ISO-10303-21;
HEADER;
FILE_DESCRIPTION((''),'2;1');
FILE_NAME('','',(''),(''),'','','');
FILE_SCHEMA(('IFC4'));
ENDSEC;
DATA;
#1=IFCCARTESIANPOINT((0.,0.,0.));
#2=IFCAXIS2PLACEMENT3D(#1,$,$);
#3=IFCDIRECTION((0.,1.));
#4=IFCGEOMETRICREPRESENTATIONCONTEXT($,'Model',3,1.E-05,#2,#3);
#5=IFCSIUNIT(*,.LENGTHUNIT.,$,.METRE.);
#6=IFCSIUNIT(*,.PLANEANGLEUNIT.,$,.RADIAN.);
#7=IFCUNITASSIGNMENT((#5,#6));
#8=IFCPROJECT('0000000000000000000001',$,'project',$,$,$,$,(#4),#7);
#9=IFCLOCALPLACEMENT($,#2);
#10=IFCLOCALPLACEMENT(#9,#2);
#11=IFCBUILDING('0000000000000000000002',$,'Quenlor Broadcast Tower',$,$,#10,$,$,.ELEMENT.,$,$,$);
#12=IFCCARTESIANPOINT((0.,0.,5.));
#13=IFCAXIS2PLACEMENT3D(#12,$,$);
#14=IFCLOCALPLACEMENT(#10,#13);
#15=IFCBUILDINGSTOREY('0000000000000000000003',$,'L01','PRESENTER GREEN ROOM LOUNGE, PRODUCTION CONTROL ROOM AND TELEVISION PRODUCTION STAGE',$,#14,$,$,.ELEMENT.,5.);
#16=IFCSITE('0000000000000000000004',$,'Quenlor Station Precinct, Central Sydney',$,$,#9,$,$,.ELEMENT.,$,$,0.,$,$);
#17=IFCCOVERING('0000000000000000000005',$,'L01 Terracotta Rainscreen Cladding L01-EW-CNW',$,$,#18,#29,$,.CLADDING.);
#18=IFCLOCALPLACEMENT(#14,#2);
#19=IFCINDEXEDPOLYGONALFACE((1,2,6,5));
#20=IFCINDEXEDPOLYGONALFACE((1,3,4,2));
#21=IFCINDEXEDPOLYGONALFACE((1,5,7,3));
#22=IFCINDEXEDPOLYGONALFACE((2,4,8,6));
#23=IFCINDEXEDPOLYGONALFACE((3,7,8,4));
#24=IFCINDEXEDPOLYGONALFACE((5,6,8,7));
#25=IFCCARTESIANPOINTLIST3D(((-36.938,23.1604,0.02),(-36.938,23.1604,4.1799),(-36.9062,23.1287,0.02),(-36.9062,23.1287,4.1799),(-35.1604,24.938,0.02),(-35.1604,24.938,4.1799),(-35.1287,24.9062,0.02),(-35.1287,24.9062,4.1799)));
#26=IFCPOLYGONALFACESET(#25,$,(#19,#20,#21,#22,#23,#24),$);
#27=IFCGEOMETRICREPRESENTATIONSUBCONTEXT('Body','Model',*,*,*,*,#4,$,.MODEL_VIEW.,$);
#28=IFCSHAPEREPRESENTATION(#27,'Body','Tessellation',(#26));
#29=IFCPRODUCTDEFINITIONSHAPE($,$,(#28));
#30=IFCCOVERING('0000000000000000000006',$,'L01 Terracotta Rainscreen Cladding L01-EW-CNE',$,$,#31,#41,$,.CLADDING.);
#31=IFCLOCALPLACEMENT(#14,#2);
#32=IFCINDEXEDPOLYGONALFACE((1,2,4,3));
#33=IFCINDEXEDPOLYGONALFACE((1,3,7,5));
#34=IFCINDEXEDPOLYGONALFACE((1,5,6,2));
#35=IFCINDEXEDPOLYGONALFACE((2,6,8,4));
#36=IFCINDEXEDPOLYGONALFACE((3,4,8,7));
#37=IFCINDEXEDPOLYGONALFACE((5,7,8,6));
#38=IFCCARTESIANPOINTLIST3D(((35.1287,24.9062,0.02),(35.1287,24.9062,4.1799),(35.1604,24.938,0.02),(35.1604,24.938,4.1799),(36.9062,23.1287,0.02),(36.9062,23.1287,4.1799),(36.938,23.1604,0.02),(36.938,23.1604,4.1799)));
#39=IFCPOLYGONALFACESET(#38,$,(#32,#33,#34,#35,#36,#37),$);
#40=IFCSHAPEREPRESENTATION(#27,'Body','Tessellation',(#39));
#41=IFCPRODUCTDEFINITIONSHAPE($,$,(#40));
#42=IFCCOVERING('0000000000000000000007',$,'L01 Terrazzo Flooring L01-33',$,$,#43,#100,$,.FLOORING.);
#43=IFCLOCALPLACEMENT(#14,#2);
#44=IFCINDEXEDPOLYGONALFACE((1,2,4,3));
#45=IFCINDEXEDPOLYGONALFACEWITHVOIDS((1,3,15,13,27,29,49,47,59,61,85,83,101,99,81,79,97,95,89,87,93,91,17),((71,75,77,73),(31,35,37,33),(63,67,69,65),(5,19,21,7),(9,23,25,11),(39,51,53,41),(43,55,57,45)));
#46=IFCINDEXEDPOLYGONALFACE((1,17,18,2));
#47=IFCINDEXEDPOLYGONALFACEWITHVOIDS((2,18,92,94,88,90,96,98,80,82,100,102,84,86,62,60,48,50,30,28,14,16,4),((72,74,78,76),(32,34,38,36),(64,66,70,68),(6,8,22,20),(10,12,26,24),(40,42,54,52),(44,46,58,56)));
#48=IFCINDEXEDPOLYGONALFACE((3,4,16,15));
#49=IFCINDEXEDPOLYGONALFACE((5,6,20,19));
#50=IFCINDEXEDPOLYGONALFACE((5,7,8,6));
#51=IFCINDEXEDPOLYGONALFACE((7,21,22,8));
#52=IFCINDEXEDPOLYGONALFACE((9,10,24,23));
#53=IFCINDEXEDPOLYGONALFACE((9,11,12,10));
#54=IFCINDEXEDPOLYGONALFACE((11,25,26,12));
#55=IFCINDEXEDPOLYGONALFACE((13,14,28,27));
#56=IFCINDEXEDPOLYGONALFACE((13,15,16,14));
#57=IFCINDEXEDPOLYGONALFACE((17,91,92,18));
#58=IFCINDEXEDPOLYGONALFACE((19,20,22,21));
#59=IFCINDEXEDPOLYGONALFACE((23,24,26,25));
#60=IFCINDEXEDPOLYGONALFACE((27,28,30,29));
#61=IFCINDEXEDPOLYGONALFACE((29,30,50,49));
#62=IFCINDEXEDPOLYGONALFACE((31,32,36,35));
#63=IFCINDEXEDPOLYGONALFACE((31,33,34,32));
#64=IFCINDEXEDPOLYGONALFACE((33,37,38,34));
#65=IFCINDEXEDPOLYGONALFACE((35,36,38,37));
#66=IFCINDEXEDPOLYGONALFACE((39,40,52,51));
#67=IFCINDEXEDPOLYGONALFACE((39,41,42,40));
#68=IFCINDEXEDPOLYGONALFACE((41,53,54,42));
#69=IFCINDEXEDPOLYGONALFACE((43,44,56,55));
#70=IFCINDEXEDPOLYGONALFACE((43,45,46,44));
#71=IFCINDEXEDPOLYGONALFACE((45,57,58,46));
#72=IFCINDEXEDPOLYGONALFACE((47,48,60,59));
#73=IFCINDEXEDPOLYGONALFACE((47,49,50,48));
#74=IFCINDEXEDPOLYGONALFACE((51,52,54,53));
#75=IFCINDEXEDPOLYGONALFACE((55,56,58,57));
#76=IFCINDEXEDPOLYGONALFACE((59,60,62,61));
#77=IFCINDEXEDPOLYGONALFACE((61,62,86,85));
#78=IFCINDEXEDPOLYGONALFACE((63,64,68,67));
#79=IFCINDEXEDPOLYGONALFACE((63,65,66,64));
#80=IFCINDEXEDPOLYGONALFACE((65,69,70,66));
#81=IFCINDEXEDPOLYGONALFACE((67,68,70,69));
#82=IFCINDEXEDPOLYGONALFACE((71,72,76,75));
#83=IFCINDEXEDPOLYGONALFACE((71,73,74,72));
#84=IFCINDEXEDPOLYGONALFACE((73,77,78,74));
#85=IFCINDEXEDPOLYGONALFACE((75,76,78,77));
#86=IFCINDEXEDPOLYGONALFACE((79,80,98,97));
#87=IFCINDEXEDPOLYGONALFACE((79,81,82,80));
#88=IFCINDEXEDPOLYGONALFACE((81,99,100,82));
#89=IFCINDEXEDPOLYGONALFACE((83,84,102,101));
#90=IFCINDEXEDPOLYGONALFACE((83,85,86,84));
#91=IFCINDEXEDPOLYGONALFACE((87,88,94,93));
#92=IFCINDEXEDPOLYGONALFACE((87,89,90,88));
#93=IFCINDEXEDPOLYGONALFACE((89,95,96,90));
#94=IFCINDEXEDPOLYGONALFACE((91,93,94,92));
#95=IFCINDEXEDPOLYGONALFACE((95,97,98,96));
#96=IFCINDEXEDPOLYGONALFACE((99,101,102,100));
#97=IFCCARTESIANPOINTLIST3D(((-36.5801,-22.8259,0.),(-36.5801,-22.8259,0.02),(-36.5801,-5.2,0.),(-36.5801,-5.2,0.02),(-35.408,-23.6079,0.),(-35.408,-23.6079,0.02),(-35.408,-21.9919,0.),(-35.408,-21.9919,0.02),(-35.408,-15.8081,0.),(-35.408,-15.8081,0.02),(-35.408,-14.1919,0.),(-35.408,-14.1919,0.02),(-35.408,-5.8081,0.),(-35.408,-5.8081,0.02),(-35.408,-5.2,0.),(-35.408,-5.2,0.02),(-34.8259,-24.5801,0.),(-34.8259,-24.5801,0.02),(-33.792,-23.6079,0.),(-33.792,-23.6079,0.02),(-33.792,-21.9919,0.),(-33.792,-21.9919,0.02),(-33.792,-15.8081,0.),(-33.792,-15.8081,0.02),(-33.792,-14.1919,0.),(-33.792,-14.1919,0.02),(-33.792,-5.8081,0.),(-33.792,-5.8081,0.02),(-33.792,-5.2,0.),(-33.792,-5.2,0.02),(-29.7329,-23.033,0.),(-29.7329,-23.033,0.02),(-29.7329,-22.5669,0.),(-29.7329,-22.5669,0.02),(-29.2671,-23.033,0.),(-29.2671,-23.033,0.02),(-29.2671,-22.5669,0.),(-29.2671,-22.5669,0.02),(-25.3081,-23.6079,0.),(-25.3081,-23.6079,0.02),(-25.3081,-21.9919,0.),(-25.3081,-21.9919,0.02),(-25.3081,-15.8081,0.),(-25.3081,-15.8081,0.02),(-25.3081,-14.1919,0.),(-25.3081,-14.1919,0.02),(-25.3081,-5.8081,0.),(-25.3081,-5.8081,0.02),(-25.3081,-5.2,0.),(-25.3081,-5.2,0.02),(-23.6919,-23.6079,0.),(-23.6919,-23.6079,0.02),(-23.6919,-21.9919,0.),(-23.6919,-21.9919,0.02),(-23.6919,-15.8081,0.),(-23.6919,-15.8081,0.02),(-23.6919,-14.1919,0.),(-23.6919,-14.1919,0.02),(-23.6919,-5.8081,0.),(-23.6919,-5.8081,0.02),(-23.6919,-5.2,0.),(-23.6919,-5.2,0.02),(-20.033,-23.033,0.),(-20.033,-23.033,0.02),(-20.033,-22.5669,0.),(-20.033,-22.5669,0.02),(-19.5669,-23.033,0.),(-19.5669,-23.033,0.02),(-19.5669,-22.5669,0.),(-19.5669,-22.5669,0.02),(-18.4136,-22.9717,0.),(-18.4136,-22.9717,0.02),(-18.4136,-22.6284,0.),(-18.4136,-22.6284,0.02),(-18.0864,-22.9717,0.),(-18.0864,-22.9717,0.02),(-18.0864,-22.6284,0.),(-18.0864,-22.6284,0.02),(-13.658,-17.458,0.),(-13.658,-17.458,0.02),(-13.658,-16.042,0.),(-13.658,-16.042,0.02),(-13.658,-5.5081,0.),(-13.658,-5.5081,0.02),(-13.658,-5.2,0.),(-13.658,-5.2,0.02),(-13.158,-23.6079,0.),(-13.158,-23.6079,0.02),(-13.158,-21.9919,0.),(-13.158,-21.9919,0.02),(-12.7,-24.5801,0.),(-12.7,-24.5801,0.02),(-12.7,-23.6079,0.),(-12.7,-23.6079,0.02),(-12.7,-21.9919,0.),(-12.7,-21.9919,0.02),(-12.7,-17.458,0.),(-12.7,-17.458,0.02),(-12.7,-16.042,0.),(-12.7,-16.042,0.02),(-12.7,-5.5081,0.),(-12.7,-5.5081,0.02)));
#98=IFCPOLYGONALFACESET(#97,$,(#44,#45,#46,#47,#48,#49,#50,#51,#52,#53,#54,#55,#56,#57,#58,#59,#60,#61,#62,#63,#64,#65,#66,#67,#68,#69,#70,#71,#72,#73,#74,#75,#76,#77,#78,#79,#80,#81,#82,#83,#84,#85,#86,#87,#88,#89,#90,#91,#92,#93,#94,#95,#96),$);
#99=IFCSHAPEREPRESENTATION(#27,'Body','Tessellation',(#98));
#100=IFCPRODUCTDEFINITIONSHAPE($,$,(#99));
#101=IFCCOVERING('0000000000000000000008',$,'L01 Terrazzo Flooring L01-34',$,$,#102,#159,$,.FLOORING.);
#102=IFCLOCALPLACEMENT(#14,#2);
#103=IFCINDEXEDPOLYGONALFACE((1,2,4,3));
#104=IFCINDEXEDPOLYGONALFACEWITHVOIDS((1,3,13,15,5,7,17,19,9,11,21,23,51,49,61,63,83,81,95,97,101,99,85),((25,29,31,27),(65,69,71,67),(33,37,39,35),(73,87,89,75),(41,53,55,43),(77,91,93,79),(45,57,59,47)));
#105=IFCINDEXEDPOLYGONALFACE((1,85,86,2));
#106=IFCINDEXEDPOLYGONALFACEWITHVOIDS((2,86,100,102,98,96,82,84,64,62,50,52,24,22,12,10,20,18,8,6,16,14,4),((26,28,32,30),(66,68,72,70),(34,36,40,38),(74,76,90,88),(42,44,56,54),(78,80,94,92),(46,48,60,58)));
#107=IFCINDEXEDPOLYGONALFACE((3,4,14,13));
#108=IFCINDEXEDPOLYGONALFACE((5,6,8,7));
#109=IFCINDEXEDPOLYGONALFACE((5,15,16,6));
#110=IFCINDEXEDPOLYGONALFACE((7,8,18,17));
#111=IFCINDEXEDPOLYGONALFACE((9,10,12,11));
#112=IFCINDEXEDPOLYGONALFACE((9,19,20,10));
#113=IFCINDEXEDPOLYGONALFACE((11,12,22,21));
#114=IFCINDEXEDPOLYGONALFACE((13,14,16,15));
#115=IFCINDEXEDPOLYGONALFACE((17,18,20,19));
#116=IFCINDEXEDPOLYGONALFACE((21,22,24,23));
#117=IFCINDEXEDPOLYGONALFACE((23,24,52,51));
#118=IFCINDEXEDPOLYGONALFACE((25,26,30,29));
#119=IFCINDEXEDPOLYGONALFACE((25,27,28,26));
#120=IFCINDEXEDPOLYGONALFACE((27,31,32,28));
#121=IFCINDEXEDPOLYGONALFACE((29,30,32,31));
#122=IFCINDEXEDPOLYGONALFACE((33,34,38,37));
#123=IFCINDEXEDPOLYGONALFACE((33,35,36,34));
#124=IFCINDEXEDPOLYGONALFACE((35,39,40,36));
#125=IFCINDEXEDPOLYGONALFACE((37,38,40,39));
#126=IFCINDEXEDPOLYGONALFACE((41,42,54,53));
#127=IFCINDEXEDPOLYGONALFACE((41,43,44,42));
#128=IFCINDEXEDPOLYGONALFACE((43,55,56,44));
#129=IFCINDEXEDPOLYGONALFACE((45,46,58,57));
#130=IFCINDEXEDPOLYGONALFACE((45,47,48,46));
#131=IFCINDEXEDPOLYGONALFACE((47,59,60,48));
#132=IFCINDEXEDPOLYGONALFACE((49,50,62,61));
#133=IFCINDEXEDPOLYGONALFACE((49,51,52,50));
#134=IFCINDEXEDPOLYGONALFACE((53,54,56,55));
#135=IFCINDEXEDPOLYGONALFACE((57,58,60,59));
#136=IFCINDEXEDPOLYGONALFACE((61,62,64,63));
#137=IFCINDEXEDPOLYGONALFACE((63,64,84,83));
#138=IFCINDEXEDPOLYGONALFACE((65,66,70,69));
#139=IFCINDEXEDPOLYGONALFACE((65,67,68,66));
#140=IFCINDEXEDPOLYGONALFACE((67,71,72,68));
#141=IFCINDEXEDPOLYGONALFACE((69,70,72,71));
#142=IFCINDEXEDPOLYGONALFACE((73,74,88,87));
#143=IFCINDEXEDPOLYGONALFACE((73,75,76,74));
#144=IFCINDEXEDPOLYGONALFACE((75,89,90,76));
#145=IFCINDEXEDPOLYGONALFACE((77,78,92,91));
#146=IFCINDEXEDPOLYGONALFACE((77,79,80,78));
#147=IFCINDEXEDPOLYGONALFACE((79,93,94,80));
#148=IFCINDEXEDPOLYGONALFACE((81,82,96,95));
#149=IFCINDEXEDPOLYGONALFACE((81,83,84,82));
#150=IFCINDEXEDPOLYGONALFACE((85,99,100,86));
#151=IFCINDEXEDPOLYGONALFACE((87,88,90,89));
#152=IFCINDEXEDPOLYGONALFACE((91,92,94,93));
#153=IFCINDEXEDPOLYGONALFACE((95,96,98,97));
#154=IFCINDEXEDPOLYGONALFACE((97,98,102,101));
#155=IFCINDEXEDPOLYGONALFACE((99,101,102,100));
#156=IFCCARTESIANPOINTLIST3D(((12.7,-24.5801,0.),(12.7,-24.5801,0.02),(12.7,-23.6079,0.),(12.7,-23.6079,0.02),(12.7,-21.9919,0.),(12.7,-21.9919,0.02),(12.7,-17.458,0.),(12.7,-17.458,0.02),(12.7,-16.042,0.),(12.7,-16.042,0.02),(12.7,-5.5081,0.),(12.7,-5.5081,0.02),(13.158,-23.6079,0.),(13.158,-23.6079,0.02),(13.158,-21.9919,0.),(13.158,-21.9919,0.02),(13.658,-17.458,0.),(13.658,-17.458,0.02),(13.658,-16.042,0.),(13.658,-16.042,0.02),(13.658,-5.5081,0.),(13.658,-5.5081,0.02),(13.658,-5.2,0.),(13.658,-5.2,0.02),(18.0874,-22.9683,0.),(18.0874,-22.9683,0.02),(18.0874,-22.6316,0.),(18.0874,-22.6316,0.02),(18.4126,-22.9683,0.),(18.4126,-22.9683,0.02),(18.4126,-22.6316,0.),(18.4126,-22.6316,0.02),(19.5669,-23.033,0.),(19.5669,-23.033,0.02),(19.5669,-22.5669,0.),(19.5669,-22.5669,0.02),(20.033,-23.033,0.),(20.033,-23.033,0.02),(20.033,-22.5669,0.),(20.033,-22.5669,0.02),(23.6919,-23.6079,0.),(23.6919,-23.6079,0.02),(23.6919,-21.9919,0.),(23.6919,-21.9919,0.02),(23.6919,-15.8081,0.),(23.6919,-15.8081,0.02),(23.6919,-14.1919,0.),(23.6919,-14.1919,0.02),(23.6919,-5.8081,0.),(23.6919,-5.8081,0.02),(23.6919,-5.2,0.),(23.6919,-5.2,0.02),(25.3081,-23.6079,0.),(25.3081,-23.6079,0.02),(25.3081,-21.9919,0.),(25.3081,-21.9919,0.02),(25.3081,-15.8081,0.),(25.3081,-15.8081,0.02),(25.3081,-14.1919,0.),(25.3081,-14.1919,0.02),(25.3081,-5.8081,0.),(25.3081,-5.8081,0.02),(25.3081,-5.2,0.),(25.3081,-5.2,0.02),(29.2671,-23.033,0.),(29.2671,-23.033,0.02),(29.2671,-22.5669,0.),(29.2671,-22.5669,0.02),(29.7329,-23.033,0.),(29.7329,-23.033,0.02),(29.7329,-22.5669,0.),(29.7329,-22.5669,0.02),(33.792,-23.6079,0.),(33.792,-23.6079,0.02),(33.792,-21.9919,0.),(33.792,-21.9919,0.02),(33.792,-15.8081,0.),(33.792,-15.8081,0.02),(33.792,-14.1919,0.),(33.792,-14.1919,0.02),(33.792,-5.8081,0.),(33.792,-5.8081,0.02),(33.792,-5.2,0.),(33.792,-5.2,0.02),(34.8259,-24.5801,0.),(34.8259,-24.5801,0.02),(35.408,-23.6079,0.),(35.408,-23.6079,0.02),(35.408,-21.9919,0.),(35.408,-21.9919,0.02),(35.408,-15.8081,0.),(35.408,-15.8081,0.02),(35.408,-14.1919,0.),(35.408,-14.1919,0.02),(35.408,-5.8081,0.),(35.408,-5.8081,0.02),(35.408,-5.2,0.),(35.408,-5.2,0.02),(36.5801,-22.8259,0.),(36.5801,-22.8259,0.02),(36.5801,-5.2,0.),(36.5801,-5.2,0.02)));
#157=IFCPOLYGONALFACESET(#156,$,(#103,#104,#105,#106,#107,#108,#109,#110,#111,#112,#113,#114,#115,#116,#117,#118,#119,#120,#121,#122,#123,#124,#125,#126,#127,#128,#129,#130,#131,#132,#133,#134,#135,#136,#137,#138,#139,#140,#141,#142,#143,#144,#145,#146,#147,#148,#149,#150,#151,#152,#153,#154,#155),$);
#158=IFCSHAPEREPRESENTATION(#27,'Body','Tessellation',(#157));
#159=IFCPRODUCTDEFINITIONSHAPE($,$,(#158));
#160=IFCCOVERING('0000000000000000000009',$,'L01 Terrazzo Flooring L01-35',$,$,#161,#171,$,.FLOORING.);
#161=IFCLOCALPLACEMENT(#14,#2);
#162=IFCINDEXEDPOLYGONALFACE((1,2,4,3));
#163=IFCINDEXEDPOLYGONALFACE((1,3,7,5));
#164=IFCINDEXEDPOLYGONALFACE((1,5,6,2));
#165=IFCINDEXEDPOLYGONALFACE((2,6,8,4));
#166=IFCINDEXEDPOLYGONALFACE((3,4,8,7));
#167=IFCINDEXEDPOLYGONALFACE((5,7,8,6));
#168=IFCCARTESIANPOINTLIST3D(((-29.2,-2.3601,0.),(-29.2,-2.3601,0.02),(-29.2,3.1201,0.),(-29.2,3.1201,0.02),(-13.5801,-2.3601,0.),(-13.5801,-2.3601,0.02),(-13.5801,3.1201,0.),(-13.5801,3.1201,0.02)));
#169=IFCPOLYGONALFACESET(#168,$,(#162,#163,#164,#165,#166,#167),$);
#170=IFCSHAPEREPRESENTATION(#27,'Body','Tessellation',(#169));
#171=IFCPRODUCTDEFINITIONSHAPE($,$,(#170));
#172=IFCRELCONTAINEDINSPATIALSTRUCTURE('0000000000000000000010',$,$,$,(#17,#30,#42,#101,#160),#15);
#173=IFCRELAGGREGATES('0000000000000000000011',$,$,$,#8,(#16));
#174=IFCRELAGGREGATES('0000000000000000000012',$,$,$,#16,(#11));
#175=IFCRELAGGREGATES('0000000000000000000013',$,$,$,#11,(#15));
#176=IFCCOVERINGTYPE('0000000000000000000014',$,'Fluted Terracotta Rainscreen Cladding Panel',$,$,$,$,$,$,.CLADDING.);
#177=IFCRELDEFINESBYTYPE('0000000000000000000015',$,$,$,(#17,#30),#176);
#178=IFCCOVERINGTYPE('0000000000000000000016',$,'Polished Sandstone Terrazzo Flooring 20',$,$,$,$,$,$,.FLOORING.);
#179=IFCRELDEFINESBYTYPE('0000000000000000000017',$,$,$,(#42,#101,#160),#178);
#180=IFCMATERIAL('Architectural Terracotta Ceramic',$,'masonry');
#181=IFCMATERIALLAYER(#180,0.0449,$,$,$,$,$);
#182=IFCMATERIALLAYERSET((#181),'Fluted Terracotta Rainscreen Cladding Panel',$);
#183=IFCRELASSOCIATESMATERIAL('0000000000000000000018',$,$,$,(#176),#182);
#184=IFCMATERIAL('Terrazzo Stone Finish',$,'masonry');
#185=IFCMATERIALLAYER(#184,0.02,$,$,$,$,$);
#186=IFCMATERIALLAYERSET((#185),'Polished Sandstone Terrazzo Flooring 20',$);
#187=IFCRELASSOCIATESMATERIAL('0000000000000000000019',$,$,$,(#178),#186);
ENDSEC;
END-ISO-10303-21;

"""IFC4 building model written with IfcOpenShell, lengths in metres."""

from ifc_helpers import new_model, si_unit, direction, frame, origin, place, context, subcontext, project, spatial, polyline, outline, extrude, material, layer, layer_set, type_object, element, save


model = new_model("IFC4")

# Units and contexts
model_context = context("Model", 3, precision=1e-05, world=origin(), true_north=direction((0.0, 1.0)))
body_context = subcontext(model_context, "Body", "Model", "MODEL_VIEW")
ifc_project = project(units=[si_unit("LENGTHUNIT", "METRE"), si_unit("PLANEANGLEUNIT", "RADIAN")], contexts=[model_context])

# Site, building, storey
site_placement = place(None, origin())
site = spatial("IfcSite", under=ifc_project, at=site_placement, Name="Quenlor Station Precinct, Central Sydney", CompositionType="ELEMENT", RefElevation=0.0)
building_placement = place(site_placement, origin())
building = spatial("IfcBuilding", under=site, at=building_placement, Name="Quenlor Broadcast Tower", CompositionType="ELEMENT")
storey_placement = place(building_placement, frame((0.0, 0.0, 5.0)))
storey = spatial("IfcBuildingStorey", under=building, at=storey_placement, Name="L01", Description="PRESENTER GREEN ROOM LOUNGE, PRODUCTION CONTROL ROOM AND TELEVISION PRODUCTION STAGE", CompositionType="ELEMENT", Elevation=5.0)

# Coverings
ifc_material_1 = material(Name="Architectural Terracotta Ceramic", Category="masonry")
ifc_layer_1 = layer(ifc_material_1, 0.0449)
ifc_layer_set_1 = layer_set([ifc_layer_1], Name="Fluted Terracotta Rainscreen Cladding Panel")
covering_type_1 = type_object("IfcCoveringType", Name="Fluted Terracotta Rainscreen Cladding Panel", PredefinedType="CLADDING", material=ifc_layer_set_1)
covering_1_placement = place(storey_placement, frame((0.0, 0.0, 0.02)))
element("IfcCovering", 1, at=covering_1_placement, inside=storey, type_object=covering_type_1, Name="L01 Terracotta Rainscreen Cladding L01-EW-CNW", PredefinedType="CLADDING", context=body_context, shape_type="SweptSolid", body=[
    extrude(outline(polyline([(-36.9062, 23.1287), (-35.1287, 24.9062), (-35.1604, 24.938), (-36.938, 23.1604), (-36.9062, 23.1287)])), origin(), (0.0, 0.0, 1.0), 4.1599),
])
covering_2_placement = place(storey_placement, frame((0.0, 0.0, 0.02)))
element("IfcCovering", 2, at=covering_2_placement, inside=storey, type_object=covering_type_1, Name="L01 Terracotta Rainscreen Cladding L01-EW-CNE", PredefinedType="CLADDING", context=body_context, shape_type="SweptSolid", body=[
    extrude(outline(polyline([(35.1287, 24.9062), (36.9062, 23.1287), (36.938, 23.1604), (35.1604, 24.938), (35.1287, 24.9062)])), origin(), (0.0, 0.0, 1.0), 4.1599),
])
ifc_material_2 = material(Name="Terrazzo Stone Finish", Category="masonry")
ifc_layer_2 = layer(ifc_material_2, 0.02)
ifc_layer_set_2 = layer_set([ifc_layer_2], Name="Polished Sandstone Terrazzo Flooring 20")
covering_type_2 = type_object("IfcCoveringType", Name="Polished Sandstone Terrazzo Flooring 20", PredefinedType="FLOORING", material=ifc_layer_set_2)
covering_3_placement = place(storey_placement, origin())
element("IfcCovering", 3, at=covering_3_placement, inside=storey, type_object=covering_type_2, Name="L01 Terrazzo Flooring L01-33", PredefinedType="FLOORING", context=body_context, shape_type="SweptSolid", body=[
    extrude(outline(polyline([(-36.5801, -5.2), (-35.408, -5.2), (-35.408, -5.8081), (-33.792, -5.8081), (-33.792, -5.2), (-25.3081, -5.2), (-25.3081, -5.8081), (-23.6919, -5.8081), (-23.6919, -5.2), (-13.658, -5.2), (-13.658, -5.5081), (-12.7, -5.5081), (-12.7, -16.042), (-13.658, -16.042), (-13.658, -17.458), (-12.7, -17.458), (-12.7, -21.9919), (-13.158, -21.9919), (-13.158, -23.6079), (-12.7, -23.6079), (-12.7, -24.5801), (-34.8259, -24.5801), (-36.5801, -22.8259), (-36.5801, -5.2)]), holes=[polyline([(-18.0864, -22.6284), (-18.4136, -22.6284), (-18.4136, -22.9717), (-18.0864, -22.9717), (-18.0864, -22.6284)]), polyline([(-33.792, -23.6079), (-33.792, -21.9919), (-35.408, -21.9919), (-35.408, -23.6079), (-33.792, -23.6079)]), polyline([(-19.5669, -23.033), (-19.5669, -22.5669), (-20.033, -22.5669), (-20.033, -23.033), (-19.5669, -23.033)]), polyline([(-29.2671, -23.033), (-29.2671, -22.5669), (-29.7329, -22.5669), (-29.7329, -23.033), (-29.2671, -23.033)]), polyline([(-23.6919, -23.6079), (-23.6919, -21.9919), (-25.3081, -21.9919), (-25.3081, -23.6079), (-23.6919, -23.6079)]), polyline([(-33.792, -15.8081), (-33.792, -14.1919), (-35.408, -14.1919), (-35.408, -15.8081), (-33.792, -15.8081)]), polyline([(-23.6919, -14.1919), (-25.3081, -14.1919), (-25.3081, -15.8081), (-23.6919, -15.8081), (-23.6919, -14.1919)])]), origin(), (0.0, 0.0, 1.0), 0.02),
])
covering_4_placement = place(storey_placement, origin())
element("IfcCovering", 4, at=covering_4_placement, inside=storey, type_object=covering_type_2, Name="L01 Terrazzo Flooring L01-34", PredefinedType="FLOORING", context=body_context, shape_type="SweptSolid", body=[
    extrude(outline(polyline([(12.7, -24.5801), (12.7, -23.6079), (13.158, -23.6079), (13.158, -21.9919), (12.7, -21.9919), (12.7, -17.458), (13.658, -17.458), (13.658, -16.042), (12.7, -16.042), (12.7, -5.5081), (13.658, -5.5081), (13.658, -5.2), (23.6919, -5.2), (23.6919, -5.8081), (25.3081, -5.8081), (25.3081, -5.2), (33.792, -5.2), (33.792, -5.8081), (35.408, -5.8081), (35.408, -5.2), (36.5801, -5.2), (36.5801, -22.8259), (34.8259, -24.5801), (12.7, -24.5801)]), holes=[polyline([(25.3081, -23.6079), (25.3081, -21.9919), (23.6919, -21.9919), (23.6919, -23.6079), (25.3081, -23.6079)]), polyline([(35.408, -23.6079), (35.408, -21.9919), (33.792, -21.9919), (33.792, -23.6079), (35.408, -23.6079)]), polyline([(29.7329, -23.033), (29.7329, -22.5669), (29.2671, -22.5669), (29.2671, -23.033), (29.7329, -23.033)]), polyline([(20.033, -23.033), (20.033, -22.5669), (19.5669, -22.5669), (19.5669, -23.033), (20.033, -23.033)]), polyline([(18.4126, -22.6316), (18.0874, -22.6316), (18.0874, -22.9683), (18.4126, -22.9683), (18.4126, -22.6316)]), polyline([(25.3081, -15.8081), (25.3081, -14.1919), (23.6919, -14.1919), (23.6919, -15.8081), (25.3081, -15.8081)]), polyline([(35.408, -15.8081), (35.408, -14.1919), (33.792, -14.1919), (33.792, -15.8081), (35.408, -15.8081)])]), origin(), (0.0, 0.0, 1.0), 0.02),
])
covering_5_placement = place(storey_placement, origin())
element("IfcCovering", 5, at=covering_5_placement, inside=storey, type_object=covering_type_2, Name="L01 Terrazzo Flooring L01-35", PredefinedType="FLOORING", context=body_context, shape_type="SweptSolid", body=[
    extrude(outline(polyline([(-13.5801, -2.3601), (-29.2, -2.3601), (-29.2, 3.1201), (-13.5801, 3.1201), (-13.5801, -2.3601)])), origin(), (0.0, 0.0, 1.0), 0.02),
])

save(model, "model.ifc")
